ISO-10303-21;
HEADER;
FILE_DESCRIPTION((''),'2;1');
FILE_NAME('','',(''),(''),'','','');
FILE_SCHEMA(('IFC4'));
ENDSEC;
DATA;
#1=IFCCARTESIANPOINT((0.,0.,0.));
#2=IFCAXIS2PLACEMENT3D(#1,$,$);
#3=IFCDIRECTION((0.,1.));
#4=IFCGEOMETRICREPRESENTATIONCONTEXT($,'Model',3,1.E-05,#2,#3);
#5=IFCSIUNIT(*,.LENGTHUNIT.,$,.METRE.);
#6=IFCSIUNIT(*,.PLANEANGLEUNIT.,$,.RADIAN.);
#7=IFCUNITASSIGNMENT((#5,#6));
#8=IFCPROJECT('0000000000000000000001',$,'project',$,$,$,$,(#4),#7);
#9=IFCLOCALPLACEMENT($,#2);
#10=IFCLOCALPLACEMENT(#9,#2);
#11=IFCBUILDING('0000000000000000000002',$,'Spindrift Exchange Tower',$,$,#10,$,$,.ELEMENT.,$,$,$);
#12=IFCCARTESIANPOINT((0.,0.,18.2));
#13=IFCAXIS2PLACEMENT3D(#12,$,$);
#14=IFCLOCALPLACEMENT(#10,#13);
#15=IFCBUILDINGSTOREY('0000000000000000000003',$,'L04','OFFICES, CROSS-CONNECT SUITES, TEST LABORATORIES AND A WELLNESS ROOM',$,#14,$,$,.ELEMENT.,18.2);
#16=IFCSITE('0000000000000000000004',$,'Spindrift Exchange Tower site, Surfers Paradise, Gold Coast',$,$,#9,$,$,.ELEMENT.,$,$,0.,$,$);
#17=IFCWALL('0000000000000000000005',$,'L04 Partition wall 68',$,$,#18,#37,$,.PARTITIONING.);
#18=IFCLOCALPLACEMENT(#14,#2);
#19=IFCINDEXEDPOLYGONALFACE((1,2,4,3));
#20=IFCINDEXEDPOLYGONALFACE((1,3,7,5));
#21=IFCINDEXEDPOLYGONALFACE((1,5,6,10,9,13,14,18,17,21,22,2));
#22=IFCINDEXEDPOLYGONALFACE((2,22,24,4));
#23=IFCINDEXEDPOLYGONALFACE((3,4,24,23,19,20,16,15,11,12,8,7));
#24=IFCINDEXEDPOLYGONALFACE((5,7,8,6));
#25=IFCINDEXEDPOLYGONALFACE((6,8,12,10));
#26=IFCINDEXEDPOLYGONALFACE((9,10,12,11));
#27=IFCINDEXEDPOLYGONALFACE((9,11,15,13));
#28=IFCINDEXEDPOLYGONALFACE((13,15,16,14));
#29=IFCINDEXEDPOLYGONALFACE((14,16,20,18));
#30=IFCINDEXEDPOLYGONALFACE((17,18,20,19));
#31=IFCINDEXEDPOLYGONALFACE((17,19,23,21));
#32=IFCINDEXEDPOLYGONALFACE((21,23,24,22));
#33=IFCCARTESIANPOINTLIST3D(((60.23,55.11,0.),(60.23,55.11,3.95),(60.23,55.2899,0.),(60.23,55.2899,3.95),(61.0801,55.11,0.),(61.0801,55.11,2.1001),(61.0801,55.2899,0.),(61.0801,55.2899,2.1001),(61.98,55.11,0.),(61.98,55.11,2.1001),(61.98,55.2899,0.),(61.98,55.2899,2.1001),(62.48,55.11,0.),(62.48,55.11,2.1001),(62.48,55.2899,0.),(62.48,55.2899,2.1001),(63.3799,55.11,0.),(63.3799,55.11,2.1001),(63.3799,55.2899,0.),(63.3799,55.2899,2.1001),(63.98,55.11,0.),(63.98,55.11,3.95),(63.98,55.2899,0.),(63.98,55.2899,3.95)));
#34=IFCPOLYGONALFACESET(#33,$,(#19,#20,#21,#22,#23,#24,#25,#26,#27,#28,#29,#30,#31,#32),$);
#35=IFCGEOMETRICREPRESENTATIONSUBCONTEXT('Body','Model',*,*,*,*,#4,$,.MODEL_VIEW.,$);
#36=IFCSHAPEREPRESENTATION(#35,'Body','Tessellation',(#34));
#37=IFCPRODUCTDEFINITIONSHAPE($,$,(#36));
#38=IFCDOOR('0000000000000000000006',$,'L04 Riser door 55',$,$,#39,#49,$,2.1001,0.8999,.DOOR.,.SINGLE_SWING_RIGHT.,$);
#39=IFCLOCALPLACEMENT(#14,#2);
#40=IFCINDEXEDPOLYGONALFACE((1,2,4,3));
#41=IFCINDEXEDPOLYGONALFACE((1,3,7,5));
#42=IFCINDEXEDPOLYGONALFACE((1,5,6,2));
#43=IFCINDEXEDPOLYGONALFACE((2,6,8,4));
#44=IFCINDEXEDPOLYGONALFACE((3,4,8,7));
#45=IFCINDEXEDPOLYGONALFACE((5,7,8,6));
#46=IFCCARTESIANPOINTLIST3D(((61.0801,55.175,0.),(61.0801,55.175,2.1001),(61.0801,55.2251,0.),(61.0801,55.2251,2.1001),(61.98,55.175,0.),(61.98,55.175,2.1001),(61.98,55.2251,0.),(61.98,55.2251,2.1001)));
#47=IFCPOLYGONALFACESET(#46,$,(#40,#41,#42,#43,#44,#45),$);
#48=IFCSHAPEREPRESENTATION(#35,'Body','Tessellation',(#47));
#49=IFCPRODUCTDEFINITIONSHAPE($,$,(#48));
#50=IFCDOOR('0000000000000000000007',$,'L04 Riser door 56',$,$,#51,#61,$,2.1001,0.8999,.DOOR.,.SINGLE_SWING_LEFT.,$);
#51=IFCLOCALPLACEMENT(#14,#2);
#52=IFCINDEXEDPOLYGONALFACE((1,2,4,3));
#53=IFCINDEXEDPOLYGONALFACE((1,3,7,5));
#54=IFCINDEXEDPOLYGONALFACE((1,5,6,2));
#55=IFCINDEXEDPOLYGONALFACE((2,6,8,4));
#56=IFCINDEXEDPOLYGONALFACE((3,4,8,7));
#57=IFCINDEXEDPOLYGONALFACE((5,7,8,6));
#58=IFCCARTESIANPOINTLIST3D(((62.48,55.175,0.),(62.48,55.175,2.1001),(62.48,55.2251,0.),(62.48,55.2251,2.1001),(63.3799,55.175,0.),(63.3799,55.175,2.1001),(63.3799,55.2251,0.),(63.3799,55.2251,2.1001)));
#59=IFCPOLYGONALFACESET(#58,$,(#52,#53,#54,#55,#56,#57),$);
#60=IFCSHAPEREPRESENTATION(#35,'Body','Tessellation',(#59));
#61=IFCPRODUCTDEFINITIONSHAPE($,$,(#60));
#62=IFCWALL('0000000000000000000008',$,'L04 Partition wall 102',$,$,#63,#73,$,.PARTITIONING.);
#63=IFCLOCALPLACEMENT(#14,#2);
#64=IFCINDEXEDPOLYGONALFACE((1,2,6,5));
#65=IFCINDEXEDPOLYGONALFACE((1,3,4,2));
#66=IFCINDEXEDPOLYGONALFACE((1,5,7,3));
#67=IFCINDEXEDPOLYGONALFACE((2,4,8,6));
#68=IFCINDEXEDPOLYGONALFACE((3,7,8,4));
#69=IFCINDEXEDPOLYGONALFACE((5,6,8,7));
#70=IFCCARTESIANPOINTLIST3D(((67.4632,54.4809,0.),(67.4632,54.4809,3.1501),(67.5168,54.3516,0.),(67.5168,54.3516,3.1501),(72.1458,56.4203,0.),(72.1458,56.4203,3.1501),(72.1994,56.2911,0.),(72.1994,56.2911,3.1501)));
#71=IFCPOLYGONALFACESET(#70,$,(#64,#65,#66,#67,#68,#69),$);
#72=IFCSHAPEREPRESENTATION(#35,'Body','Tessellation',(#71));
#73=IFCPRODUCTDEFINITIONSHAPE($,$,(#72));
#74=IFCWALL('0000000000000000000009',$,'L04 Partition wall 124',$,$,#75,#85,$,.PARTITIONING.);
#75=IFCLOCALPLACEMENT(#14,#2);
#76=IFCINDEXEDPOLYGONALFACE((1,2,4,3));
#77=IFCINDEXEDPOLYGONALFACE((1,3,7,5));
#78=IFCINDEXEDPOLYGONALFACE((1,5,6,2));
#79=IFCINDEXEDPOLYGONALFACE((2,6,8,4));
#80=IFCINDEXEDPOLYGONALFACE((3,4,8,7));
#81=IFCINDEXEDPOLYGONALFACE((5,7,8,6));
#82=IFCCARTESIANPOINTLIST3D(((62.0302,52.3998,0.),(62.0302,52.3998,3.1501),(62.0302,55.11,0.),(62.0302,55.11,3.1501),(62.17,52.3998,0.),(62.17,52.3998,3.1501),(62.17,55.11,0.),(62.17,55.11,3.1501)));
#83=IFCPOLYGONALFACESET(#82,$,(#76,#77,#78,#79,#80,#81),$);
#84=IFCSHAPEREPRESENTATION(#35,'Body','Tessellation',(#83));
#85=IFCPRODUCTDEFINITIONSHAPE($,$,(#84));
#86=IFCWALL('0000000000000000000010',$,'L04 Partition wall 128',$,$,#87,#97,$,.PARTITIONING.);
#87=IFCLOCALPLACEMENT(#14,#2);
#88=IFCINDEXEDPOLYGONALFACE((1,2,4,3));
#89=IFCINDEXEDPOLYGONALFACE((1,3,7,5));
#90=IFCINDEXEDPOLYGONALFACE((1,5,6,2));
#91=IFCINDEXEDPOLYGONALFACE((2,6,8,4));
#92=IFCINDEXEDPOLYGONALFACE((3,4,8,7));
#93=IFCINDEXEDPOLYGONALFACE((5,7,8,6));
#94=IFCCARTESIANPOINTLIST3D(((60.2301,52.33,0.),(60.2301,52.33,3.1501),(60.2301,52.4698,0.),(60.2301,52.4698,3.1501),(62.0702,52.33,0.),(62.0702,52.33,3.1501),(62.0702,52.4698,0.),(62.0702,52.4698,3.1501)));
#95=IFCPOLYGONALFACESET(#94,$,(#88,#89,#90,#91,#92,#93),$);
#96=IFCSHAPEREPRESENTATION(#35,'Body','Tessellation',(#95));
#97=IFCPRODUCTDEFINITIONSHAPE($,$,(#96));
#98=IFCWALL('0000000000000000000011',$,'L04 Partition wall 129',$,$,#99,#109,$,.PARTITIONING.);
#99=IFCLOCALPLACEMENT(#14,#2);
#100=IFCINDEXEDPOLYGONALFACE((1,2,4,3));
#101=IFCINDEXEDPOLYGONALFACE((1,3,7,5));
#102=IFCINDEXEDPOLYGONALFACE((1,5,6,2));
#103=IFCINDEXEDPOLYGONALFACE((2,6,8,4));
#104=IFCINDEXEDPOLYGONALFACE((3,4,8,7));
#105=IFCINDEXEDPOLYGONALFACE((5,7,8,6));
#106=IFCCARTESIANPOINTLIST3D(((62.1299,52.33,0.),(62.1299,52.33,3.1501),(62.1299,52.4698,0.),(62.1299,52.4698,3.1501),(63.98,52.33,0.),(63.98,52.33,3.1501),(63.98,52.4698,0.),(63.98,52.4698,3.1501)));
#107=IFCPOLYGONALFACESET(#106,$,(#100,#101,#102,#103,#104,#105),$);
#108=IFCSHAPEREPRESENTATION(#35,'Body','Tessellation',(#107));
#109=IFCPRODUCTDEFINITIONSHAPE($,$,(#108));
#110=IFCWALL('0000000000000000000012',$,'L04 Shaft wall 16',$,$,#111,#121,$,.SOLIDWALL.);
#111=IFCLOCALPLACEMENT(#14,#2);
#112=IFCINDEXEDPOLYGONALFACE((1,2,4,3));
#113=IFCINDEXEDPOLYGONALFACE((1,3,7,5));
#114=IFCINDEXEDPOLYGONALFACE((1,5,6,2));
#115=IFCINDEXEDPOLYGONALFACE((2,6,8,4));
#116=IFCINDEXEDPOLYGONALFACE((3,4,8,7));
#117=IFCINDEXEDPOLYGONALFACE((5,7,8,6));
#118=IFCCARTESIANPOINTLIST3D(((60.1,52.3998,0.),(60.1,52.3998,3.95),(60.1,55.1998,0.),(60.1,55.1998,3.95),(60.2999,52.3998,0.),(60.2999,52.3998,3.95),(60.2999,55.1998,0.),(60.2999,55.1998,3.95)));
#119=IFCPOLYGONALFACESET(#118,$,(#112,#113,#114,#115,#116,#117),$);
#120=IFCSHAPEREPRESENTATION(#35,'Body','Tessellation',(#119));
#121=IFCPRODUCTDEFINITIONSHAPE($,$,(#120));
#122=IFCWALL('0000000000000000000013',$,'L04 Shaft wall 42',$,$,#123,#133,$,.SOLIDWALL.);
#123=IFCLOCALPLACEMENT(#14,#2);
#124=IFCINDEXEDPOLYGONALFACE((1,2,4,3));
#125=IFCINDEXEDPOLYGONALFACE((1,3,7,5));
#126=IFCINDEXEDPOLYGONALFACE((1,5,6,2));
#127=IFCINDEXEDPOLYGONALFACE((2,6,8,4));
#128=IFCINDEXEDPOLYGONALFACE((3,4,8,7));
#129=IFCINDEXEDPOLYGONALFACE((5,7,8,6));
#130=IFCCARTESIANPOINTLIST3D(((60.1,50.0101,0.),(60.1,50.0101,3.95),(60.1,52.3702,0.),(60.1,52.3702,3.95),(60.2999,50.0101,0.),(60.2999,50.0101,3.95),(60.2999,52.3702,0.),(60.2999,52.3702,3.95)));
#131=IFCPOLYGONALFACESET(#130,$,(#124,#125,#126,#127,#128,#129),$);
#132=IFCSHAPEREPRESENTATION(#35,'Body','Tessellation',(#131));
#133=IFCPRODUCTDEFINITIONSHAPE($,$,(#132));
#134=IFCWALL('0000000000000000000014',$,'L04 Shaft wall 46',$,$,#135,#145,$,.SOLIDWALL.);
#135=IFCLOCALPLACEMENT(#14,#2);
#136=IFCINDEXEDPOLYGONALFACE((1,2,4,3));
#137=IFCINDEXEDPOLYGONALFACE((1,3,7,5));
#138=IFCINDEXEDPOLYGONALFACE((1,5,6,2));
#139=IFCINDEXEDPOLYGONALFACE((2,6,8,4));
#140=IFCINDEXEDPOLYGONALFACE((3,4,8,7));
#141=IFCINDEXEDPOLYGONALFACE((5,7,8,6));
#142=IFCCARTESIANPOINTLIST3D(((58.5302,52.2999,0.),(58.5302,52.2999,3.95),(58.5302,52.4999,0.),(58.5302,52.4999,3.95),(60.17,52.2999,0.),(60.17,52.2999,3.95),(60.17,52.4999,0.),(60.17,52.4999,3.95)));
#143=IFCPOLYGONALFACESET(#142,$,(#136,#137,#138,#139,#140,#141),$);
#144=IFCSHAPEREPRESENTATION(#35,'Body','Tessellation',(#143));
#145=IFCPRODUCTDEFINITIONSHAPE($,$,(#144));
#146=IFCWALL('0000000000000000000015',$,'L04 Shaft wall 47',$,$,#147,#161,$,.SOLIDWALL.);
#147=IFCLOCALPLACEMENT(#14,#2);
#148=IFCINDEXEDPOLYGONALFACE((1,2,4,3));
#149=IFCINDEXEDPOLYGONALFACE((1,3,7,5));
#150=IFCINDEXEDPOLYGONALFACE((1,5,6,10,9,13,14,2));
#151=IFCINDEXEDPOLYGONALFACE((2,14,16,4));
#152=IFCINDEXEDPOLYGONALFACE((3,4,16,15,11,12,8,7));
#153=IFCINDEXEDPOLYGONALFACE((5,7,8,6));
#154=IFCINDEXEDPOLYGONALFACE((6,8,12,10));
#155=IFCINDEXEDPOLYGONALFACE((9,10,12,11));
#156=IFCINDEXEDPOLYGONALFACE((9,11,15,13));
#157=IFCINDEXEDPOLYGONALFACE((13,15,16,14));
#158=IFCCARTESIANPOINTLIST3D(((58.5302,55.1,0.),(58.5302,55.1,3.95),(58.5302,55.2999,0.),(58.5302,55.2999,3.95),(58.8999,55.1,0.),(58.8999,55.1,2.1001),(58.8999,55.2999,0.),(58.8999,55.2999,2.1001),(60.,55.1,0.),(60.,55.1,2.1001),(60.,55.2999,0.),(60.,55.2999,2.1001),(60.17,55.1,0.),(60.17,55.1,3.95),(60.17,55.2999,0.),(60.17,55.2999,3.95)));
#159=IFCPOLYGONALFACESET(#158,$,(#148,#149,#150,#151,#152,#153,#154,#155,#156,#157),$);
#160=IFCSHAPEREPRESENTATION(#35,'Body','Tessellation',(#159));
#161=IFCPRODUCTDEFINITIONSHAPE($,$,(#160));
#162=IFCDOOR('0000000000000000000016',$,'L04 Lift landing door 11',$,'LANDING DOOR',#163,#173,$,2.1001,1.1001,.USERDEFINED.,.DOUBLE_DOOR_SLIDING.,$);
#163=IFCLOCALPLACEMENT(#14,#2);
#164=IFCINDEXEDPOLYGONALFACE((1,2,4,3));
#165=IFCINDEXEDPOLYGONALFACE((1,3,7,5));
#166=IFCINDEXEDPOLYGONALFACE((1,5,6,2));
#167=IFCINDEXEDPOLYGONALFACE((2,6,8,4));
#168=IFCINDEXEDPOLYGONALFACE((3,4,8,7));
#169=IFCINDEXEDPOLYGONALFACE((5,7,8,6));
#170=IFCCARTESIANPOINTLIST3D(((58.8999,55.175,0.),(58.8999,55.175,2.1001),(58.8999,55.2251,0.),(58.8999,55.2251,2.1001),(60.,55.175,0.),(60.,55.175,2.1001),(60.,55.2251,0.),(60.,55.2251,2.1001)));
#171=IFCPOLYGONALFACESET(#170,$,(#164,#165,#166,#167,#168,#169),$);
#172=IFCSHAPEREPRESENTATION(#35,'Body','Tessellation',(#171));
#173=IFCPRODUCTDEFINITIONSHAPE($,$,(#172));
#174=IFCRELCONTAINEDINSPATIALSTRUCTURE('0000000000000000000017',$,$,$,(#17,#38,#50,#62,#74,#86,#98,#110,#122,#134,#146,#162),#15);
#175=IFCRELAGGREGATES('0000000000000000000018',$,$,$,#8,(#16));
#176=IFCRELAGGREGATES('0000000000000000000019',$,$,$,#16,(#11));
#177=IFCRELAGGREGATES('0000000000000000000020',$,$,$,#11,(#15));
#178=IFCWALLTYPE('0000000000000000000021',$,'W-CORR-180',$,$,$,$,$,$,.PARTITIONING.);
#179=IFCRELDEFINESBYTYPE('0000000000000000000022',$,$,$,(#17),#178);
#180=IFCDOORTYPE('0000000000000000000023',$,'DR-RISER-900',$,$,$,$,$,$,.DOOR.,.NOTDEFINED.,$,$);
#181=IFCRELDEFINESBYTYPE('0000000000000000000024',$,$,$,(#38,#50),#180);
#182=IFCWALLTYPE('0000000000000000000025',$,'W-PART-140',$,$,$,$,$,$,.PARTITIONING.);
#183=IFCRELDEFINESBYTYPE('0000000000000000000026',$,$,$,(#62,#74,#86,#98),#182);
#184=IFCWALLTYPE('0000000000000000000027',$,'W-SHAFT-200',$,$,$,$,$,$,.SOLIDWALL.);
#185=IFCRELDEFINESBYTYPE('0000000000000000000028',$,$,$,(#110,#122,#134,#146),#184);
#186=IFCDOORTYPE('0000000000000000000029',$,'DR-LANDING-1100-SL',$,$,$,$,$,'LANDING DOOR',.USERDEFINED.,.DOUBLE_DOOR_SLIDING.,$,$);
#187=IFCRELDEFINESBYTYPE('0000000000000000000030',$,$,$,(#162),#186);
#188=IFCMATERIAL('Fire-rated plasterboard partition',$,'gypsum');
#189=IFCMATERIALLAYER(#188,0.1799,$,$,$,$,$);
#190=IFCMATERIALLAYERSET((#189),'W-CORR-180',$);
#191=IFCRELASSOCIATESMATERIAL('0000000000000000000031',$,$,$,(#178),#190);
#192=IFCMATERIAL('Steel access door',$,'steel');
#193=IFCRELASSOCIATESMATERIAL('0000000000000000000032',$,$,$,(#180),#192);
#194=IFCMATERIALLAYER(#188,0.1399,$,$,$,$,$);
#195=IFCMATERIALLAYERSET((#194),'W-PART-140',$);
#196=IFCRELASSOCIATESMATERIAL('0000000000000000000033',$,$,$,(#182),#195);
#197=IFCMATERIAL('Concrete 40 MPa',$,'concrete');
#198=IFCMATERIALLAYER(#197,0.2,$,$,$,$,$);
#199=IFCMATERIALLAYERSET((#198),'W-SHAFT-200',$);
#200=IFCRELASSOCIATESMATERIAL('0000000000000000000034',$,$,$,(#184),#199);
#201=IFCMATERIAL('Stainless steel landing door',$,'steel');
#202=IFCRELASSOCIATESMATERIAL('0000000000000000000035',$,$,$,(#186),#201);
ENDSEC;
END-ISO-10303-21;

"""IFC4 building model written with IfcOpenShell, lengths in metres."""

from ifc_helpers import new_model, si_unit, direction, frame, frame_2d, origin, place, context, subcontext, project, spatial, rectangle, extrude, source, transform, mapped, material, layer, layer_set, type_object, element, fill, save


model = new_model("IFC4")

# Units and contexts
model_context = context("Model", 3, precision=1e-05, world=origin(), true_north=direction((0.0, 1.0)))
body_context = subcontext(model_context, "Body", "Model", "MODEL_VIEW")
ifc_project = project(units=[si_unit("LENGTHUNIT", "METRE"), si_unit("PLANEANGLEUNIT", "RADIAN")], contexts=[model_context])

# Site, building, storey
site_placement = place(None, origin())
site = spatial("IfcSite", under=ifc_project, at=site_placement, Name="Spindrift Exchange Tower site, Surfers Paradise, Gold Coast", CompositionType="ELEMENT", RefElevation=0.0)
building_placement = place(site_placement, origin())
building = spatial("IfcBuilding", under=site, at=building_placement, Name="Spindrift Exchange Tower", CompositionType="ELEMENT")
storey_placement = place(building_placement, frame((0.0, 0.0, 18.2)))
storey = spatial("IfcBuildingStorey", under=building, at=storey_placement, Name="L04", Description="OFFICES, CROSS-CONNECT SUITES, TEST LABORATORIES AND A WELLNESS ROOM", CompositionType="ELEMENT", Elevation=18.2)

# Wall, openings, doors
ifc_material_1 = material(Name="Fire-rated plasterboard partition", Category="gypsum")
ifc_layer_1 = layer(ifc_material_1, 0.1799)
ifc_layer_set_1 = layer_set([ifc_layer_1], Name="W-CORR-180")
wall_type_1 = type_object("IfcWallType", Name="W-CORR-180", PredefinedType="PARTITIONING", material=ifc_layer_set_1)
wall_1_placement = place(storey_placement, frame((63.98, 55.2, 0.0), z_axis=(0.0, 0.0, 1.0), x_axis=(-1.0, 0.0, 0.0)))
wall_1 = element("IfcWall", 1, at=wall_1_placement, inside=storey, type_object=wall_type_1, Name="L04 Partition wall 68", PredefinedType="PARTITIONING", context=body_context, shape_type="SweptSolid", body=[
    extrude(rectangle(XDim=3.75, YDim=0.1799, at=frame_2d((1.875, 0.0))), origin(), (0.0, 0.0, 1.0), 3.95),
])
opening_1_placement = place(wall_1_placement, frame((2.0, 0.0, 0.0)))
opening_1 = element("IfcOpeningElement", 2, at=opening_1_placement, cuts=wall_1, PredefinedType="OPENING", context=body_context, shape_type="SweptSolid", body=[
    extrude(rectangle(XDim=0.8999, YDim=2.1001, at=frame_2d((0.45, 1.05))), frame((0.0, 0.0999, 0.0), z_axis=(0.0, -1.0, 0.0), x_axis=(1.0, 0.0, 0.0)), (0.0, 0.0, 1.0), 0.2),
])
opening_2_placement = place(wall_1_placement, frame((0.6001, 0.0, 0.0)))
opening_2 = element("IfcOpeningElement", 3, at=opening_2_placement, cuts=wall_1, PredefinedType="OPENING", context=body_context, shape_type="SweptSolid", body=[
    extrude(rectangle(XDim=0.8999, YDim=2.1001, at=frame_2d((0.45, 1.05))), frame((0.0, 0.0999, 0.0), z_axis=(0.0, -1.0, 0.0), x_axis=(1.0, 0.0, 0.0)), (0.0, 0.0, 1.0), 0.2),
])
ifc_material_2 = material(Name="Steel access door", Category="steel")
door_type_1 = type_object("IfcDoorType", Name="DR-RISER-900", OperationType="NOTDEFINED", PredefinedType="DOOR", material=ifc_material_2)
shared_shape_1 = source(origin(), body_context, "Body", "SweptSolid", [
    extrude(rectangle(XDim=0.8999, YDim=2.1001, at=frame_2d((0.45, 1.05))), frame((0.0, 0.0249, 0.0), z_axis=(0.0, -1.0, 0.0), x_axis=(1.0, 0.0, 0.0)), (0.0, 0.0, 1.0), 0.05),
])
door_1_placement = place(opening_1_placement, origin())
door_1 = element("IfcDoor", 4, at=door_1_placement, inside=storey, type_object=door_type_1, Name="L04 Riser door 55", OperationType="SINGLE_SWING_RIGHT", OverallHeight=2.1001, OverallWidth=0.8999, PredefinedType="DOOR", context=body_context, shape_type="MappedRepresentation", body=[
    mapped(shared_shape_1, transform((0.0, 0.0, 0.0), scale=1.0)),
])
fill(opening_1, door_1)
door_2_placement = place(opening_2_placement, origin())
door_2 = element("IfcDoor", 5, at=door_2_placement, inside=storey, type_object=door_type_1, Name="L04 Riser door 56", OperationType="SINGLE_SWING_LEFT", OverallHeight=2.1001, OverallWidth=0.8999, PredefinedType="DOOR", context=body_context, shape_type="MappedRepresentation", body=[
    mapped(shared_shape_1, transform((0.0, 0.0, 0.0), scale=1.0)),
])
fill(opening_2, door_2)

# Walls
ifc_layer_2 = layer(ifc_material_1, 0.1399)
ifc_layer_set_2 = layer_set([ifc_layer_2], Name="W-PART-140")
wall_type_2 = type_object("IfcWallType", Name="W-PART-140", PredefinedType="PARTITIONING", material=ifc_layer_set_2)
wall_2_placement = place(storey_placement, frame((67.49, 54.4163, 0.0), z_axis=(0.0, 0.0, 1.0), x_axis=(0.92389, 0.382658, 0.0)))
element("IfcWall", 6, at=wall_2_placement, inside=storey, type_object=wall_type_2, Name="L04 Partition wall 102", PredefinedType="PARTITIONING", context=body_context, shape_type="SweptSolid", body=[
    extrude(rectangle(XDim=5.0684, YDim=0.1399, at=frame_2d((2.5342, 0.0))), origin(), (0.0, 0.0, 1.0), 3.1501),
])
wall_3_placement = place(storey_placement, frame((62.1001, 52.3999, 0.0), z_axis=(0.0, 0.0, 1.0), x_axis=(0.0, 1.0, 0.0)))
element("IfcWall", 7, at=wall_3_placement, inside=storey, type_object=wall_type_2, Name="L04 Partition wall 124", PredefinedType="PARTITIONING", context=body_context, shape_type="SweptSolid", body=[
    extrude(rectangle(XDim=2.7102, YDim=0.1399, at=frame_2d((1.355, 0.0))), origin(), (0.0, 0.0, 1.0), 3.1501),
])
wall_4_placement = place(storey_placement, frame((62.0701, 52.3999, 0.0), z_axis=(0.0, 0.0, 1.0), x_axis=(-1.0, 0.0, 0.0)))
element("IfcWall", 8, at=wall_4_placement, inside=storey, type_object=wall_type_2, Name="L04 Partition wall 128", PredefinedType="PARTITIONING", context=body_context, shape_type="SweptSolid", body=[
    extrude(rectangle(XDim=1.8401, YDim=0.1399, at=frame_2d((0.9199, 0.0))), origin(), (0.0, 0.0, 1.0), 3.1501),
])
wall_5_placement = place(storey_placement, frame((63.98, 52.3999, 0.0), z_axis=(0.0, 0.0, 1.0), x_axis=(-1.0, 0.0, 0.0)))
element("IfcWall", 9, at=wall_5_placement, inside=storey, type_object=wall_type_2, Name="L04 Partition wall 129", PredefinedType="PARTITIONING", context=body_context, shape_type="SweptSolid", body=[
    extrude(rectangle(XDim=1.8501, YDim=0.1399, at=frame_2d((0.925, 0.0))), origin(), (0.0, 0.0, 1.0), 3.1501),
])
ifc_material_3 = material(Name="Concrete 40 MPa", Category="concrete")
ifc_layer_3 = layer(ifc_material_3, 0.2)
ifc_layer_set_3 = layer_set([ifc_layer_3], Name="W-SHAFT-200")
wall_type_3 = type_object("IfcWallType", Name="W-SHAFT-200", PredefinedType="SOLIDWALL", material=ifc_layer_set_3)
wall_6_placement = place(storey_placement, frame((60.2, 52.3999, 0.0), z_axis=(0.0, 0.0, 1.0), x_axis=(0.0, 1.0, 0.0)))
element("IfcWall", 10, at=wall_6_placement, inside=storey, type_object=wall_type_3, Name="L04 Shaft wall 16", PredefinedType="SOLIDWALL", context=body_context, shape_type="SweptSolid", body=[
    extrude(rectangle(XDim=2.8, YDim=0.2, at=frame_2d((1.3999, 0.0))), origin(), (0.0, 0.0, 1.0), 3.95),
])
wall_7_placement = place(storey_placement, frame((60.2, 50.01, 0.0), z_axis=(0.0, 0.0, 1.0), x_axis=(0.0, 1.0, 0.0)))
element("IfcWall", 11, at=wall_7_placement, inside=storey, type_object=wall_type_3, Name="L04 Shaft wall 42", PredefinedType="SOLIDWALL", context=body_context, shape_type="SweptSolid", body=[
    extrude(rectangle(XDim=2.3601, YDim=0.2, at=frame_2d((1.1802, 0.0))), origin(), (0.0, 0.0, 1.0), 3.95),
])
wall_8_placement = place(storey_placement, frame((60.1699, 52.3999, 0.0), z_axis=(0.0, 0.0, 1.0), x_axis=(-1.0, 0.0, 0.0)))
element("IfcWall", 12, at=wall_8_placement, inside=storey, type_object=wall_type_3, Name="L04 Shaft wall 46", PredefinedType="SOLIDWALL", context=body_context, shape_type="SweptSolid", body=[
    extrude(rectangle(XDim=1.6399, YDim=0.2, at=frame_2d((0.8198, 0.0))), origin(), (0.0, 0.0, 1.0), 3.95),
])

# Wall, opening, door
wall_9_placement = place(storey_placement, frame((60.1699, 55.2, 0.0), z_axis=(0.0, 0.0, 1.0), x_axis=(-1.0, 0.0, 0.0)))
wall_9 = element("IfcWall", 13, at=wall_9_placement, inside=storey, type_object=wall_type_3, Name="L04 Shaft wall 47", PredefinedType="SOLIDWALL", context=body_context, shape_type="SweptSolid", body=[
    extrude(rectangle(XDim=1.6399, YDim=0.2, at=frame_2d((0.8198, 0.0))), origin(), (0.0, 0.0, 1.0), 3.95),
])
opening_3_placement = place(wall_9_placement, frame((0.1699, 0.0, 0.0)))
opening_3 = element("IfcOpeningElement", 14, at=opening_3_placement, cuts=wall_9, PredefinedType="OPENING", context=body_context, shape_type="SweptSolid", body=[
    extrude(rectangle(XDim=1.1001, YDim=2.1001, at=frame_2d((0.55, 1.05))), frame((0.0, 0.1099, 0.0), z_axis=(0.0, -1.0, 0.0), x_axis=(1.0, 0.0, 0.0)), (0.0, 0.0, 1.0), 0.22),
])
ifc_material_4 = material(Name="Stainless steel landing door", Category="steel")
door_type_2 = type_object("IfcDoorType", Name="DR-LANDING-1100-SL", ElementType="LANDING DOOR", OperationType="DOUBLE_DOOR_SLIDING", PredefinedType="USERDEFINED", material=ifc_material_4)
shared_shape_2 = source(origin(), body_context, "Body", "SweptSolid", [
    extrude(rectangle(XDim=1.1001, YDim=2.1001, at=frame_2d((0.55, 1.05))), frame((0.0, 0.0249, 0.0), z_axis=(0.0, -1.0, 0.0), x_axis=(1.0, 0.0, 0.0)), (0.0, 0.0, 1.0), 0.05),
])
door_3_placement = place(opening_3_placement, origin())
door_3 = element("IfcDoor", 15, at=door_3_placement, inside=storey, type_object=door_type_2, Name="L04 Lift landing door 11", ObjectType="LANDING DOOR", OperationType="DOUBLE_DOOR_SLIDING", OverallHeight=2.1001, OverallWidth=1.1001, PredefinedType="USERDEFINED", context=body_context, shape_type="MappedRepresentation", body=[
    mapped(shared_shape_2, transform((0.0, 0.0, 0.0), scale=1.0)),
])
fill(opening_3, door_3)

save(model, "model.ifc")
